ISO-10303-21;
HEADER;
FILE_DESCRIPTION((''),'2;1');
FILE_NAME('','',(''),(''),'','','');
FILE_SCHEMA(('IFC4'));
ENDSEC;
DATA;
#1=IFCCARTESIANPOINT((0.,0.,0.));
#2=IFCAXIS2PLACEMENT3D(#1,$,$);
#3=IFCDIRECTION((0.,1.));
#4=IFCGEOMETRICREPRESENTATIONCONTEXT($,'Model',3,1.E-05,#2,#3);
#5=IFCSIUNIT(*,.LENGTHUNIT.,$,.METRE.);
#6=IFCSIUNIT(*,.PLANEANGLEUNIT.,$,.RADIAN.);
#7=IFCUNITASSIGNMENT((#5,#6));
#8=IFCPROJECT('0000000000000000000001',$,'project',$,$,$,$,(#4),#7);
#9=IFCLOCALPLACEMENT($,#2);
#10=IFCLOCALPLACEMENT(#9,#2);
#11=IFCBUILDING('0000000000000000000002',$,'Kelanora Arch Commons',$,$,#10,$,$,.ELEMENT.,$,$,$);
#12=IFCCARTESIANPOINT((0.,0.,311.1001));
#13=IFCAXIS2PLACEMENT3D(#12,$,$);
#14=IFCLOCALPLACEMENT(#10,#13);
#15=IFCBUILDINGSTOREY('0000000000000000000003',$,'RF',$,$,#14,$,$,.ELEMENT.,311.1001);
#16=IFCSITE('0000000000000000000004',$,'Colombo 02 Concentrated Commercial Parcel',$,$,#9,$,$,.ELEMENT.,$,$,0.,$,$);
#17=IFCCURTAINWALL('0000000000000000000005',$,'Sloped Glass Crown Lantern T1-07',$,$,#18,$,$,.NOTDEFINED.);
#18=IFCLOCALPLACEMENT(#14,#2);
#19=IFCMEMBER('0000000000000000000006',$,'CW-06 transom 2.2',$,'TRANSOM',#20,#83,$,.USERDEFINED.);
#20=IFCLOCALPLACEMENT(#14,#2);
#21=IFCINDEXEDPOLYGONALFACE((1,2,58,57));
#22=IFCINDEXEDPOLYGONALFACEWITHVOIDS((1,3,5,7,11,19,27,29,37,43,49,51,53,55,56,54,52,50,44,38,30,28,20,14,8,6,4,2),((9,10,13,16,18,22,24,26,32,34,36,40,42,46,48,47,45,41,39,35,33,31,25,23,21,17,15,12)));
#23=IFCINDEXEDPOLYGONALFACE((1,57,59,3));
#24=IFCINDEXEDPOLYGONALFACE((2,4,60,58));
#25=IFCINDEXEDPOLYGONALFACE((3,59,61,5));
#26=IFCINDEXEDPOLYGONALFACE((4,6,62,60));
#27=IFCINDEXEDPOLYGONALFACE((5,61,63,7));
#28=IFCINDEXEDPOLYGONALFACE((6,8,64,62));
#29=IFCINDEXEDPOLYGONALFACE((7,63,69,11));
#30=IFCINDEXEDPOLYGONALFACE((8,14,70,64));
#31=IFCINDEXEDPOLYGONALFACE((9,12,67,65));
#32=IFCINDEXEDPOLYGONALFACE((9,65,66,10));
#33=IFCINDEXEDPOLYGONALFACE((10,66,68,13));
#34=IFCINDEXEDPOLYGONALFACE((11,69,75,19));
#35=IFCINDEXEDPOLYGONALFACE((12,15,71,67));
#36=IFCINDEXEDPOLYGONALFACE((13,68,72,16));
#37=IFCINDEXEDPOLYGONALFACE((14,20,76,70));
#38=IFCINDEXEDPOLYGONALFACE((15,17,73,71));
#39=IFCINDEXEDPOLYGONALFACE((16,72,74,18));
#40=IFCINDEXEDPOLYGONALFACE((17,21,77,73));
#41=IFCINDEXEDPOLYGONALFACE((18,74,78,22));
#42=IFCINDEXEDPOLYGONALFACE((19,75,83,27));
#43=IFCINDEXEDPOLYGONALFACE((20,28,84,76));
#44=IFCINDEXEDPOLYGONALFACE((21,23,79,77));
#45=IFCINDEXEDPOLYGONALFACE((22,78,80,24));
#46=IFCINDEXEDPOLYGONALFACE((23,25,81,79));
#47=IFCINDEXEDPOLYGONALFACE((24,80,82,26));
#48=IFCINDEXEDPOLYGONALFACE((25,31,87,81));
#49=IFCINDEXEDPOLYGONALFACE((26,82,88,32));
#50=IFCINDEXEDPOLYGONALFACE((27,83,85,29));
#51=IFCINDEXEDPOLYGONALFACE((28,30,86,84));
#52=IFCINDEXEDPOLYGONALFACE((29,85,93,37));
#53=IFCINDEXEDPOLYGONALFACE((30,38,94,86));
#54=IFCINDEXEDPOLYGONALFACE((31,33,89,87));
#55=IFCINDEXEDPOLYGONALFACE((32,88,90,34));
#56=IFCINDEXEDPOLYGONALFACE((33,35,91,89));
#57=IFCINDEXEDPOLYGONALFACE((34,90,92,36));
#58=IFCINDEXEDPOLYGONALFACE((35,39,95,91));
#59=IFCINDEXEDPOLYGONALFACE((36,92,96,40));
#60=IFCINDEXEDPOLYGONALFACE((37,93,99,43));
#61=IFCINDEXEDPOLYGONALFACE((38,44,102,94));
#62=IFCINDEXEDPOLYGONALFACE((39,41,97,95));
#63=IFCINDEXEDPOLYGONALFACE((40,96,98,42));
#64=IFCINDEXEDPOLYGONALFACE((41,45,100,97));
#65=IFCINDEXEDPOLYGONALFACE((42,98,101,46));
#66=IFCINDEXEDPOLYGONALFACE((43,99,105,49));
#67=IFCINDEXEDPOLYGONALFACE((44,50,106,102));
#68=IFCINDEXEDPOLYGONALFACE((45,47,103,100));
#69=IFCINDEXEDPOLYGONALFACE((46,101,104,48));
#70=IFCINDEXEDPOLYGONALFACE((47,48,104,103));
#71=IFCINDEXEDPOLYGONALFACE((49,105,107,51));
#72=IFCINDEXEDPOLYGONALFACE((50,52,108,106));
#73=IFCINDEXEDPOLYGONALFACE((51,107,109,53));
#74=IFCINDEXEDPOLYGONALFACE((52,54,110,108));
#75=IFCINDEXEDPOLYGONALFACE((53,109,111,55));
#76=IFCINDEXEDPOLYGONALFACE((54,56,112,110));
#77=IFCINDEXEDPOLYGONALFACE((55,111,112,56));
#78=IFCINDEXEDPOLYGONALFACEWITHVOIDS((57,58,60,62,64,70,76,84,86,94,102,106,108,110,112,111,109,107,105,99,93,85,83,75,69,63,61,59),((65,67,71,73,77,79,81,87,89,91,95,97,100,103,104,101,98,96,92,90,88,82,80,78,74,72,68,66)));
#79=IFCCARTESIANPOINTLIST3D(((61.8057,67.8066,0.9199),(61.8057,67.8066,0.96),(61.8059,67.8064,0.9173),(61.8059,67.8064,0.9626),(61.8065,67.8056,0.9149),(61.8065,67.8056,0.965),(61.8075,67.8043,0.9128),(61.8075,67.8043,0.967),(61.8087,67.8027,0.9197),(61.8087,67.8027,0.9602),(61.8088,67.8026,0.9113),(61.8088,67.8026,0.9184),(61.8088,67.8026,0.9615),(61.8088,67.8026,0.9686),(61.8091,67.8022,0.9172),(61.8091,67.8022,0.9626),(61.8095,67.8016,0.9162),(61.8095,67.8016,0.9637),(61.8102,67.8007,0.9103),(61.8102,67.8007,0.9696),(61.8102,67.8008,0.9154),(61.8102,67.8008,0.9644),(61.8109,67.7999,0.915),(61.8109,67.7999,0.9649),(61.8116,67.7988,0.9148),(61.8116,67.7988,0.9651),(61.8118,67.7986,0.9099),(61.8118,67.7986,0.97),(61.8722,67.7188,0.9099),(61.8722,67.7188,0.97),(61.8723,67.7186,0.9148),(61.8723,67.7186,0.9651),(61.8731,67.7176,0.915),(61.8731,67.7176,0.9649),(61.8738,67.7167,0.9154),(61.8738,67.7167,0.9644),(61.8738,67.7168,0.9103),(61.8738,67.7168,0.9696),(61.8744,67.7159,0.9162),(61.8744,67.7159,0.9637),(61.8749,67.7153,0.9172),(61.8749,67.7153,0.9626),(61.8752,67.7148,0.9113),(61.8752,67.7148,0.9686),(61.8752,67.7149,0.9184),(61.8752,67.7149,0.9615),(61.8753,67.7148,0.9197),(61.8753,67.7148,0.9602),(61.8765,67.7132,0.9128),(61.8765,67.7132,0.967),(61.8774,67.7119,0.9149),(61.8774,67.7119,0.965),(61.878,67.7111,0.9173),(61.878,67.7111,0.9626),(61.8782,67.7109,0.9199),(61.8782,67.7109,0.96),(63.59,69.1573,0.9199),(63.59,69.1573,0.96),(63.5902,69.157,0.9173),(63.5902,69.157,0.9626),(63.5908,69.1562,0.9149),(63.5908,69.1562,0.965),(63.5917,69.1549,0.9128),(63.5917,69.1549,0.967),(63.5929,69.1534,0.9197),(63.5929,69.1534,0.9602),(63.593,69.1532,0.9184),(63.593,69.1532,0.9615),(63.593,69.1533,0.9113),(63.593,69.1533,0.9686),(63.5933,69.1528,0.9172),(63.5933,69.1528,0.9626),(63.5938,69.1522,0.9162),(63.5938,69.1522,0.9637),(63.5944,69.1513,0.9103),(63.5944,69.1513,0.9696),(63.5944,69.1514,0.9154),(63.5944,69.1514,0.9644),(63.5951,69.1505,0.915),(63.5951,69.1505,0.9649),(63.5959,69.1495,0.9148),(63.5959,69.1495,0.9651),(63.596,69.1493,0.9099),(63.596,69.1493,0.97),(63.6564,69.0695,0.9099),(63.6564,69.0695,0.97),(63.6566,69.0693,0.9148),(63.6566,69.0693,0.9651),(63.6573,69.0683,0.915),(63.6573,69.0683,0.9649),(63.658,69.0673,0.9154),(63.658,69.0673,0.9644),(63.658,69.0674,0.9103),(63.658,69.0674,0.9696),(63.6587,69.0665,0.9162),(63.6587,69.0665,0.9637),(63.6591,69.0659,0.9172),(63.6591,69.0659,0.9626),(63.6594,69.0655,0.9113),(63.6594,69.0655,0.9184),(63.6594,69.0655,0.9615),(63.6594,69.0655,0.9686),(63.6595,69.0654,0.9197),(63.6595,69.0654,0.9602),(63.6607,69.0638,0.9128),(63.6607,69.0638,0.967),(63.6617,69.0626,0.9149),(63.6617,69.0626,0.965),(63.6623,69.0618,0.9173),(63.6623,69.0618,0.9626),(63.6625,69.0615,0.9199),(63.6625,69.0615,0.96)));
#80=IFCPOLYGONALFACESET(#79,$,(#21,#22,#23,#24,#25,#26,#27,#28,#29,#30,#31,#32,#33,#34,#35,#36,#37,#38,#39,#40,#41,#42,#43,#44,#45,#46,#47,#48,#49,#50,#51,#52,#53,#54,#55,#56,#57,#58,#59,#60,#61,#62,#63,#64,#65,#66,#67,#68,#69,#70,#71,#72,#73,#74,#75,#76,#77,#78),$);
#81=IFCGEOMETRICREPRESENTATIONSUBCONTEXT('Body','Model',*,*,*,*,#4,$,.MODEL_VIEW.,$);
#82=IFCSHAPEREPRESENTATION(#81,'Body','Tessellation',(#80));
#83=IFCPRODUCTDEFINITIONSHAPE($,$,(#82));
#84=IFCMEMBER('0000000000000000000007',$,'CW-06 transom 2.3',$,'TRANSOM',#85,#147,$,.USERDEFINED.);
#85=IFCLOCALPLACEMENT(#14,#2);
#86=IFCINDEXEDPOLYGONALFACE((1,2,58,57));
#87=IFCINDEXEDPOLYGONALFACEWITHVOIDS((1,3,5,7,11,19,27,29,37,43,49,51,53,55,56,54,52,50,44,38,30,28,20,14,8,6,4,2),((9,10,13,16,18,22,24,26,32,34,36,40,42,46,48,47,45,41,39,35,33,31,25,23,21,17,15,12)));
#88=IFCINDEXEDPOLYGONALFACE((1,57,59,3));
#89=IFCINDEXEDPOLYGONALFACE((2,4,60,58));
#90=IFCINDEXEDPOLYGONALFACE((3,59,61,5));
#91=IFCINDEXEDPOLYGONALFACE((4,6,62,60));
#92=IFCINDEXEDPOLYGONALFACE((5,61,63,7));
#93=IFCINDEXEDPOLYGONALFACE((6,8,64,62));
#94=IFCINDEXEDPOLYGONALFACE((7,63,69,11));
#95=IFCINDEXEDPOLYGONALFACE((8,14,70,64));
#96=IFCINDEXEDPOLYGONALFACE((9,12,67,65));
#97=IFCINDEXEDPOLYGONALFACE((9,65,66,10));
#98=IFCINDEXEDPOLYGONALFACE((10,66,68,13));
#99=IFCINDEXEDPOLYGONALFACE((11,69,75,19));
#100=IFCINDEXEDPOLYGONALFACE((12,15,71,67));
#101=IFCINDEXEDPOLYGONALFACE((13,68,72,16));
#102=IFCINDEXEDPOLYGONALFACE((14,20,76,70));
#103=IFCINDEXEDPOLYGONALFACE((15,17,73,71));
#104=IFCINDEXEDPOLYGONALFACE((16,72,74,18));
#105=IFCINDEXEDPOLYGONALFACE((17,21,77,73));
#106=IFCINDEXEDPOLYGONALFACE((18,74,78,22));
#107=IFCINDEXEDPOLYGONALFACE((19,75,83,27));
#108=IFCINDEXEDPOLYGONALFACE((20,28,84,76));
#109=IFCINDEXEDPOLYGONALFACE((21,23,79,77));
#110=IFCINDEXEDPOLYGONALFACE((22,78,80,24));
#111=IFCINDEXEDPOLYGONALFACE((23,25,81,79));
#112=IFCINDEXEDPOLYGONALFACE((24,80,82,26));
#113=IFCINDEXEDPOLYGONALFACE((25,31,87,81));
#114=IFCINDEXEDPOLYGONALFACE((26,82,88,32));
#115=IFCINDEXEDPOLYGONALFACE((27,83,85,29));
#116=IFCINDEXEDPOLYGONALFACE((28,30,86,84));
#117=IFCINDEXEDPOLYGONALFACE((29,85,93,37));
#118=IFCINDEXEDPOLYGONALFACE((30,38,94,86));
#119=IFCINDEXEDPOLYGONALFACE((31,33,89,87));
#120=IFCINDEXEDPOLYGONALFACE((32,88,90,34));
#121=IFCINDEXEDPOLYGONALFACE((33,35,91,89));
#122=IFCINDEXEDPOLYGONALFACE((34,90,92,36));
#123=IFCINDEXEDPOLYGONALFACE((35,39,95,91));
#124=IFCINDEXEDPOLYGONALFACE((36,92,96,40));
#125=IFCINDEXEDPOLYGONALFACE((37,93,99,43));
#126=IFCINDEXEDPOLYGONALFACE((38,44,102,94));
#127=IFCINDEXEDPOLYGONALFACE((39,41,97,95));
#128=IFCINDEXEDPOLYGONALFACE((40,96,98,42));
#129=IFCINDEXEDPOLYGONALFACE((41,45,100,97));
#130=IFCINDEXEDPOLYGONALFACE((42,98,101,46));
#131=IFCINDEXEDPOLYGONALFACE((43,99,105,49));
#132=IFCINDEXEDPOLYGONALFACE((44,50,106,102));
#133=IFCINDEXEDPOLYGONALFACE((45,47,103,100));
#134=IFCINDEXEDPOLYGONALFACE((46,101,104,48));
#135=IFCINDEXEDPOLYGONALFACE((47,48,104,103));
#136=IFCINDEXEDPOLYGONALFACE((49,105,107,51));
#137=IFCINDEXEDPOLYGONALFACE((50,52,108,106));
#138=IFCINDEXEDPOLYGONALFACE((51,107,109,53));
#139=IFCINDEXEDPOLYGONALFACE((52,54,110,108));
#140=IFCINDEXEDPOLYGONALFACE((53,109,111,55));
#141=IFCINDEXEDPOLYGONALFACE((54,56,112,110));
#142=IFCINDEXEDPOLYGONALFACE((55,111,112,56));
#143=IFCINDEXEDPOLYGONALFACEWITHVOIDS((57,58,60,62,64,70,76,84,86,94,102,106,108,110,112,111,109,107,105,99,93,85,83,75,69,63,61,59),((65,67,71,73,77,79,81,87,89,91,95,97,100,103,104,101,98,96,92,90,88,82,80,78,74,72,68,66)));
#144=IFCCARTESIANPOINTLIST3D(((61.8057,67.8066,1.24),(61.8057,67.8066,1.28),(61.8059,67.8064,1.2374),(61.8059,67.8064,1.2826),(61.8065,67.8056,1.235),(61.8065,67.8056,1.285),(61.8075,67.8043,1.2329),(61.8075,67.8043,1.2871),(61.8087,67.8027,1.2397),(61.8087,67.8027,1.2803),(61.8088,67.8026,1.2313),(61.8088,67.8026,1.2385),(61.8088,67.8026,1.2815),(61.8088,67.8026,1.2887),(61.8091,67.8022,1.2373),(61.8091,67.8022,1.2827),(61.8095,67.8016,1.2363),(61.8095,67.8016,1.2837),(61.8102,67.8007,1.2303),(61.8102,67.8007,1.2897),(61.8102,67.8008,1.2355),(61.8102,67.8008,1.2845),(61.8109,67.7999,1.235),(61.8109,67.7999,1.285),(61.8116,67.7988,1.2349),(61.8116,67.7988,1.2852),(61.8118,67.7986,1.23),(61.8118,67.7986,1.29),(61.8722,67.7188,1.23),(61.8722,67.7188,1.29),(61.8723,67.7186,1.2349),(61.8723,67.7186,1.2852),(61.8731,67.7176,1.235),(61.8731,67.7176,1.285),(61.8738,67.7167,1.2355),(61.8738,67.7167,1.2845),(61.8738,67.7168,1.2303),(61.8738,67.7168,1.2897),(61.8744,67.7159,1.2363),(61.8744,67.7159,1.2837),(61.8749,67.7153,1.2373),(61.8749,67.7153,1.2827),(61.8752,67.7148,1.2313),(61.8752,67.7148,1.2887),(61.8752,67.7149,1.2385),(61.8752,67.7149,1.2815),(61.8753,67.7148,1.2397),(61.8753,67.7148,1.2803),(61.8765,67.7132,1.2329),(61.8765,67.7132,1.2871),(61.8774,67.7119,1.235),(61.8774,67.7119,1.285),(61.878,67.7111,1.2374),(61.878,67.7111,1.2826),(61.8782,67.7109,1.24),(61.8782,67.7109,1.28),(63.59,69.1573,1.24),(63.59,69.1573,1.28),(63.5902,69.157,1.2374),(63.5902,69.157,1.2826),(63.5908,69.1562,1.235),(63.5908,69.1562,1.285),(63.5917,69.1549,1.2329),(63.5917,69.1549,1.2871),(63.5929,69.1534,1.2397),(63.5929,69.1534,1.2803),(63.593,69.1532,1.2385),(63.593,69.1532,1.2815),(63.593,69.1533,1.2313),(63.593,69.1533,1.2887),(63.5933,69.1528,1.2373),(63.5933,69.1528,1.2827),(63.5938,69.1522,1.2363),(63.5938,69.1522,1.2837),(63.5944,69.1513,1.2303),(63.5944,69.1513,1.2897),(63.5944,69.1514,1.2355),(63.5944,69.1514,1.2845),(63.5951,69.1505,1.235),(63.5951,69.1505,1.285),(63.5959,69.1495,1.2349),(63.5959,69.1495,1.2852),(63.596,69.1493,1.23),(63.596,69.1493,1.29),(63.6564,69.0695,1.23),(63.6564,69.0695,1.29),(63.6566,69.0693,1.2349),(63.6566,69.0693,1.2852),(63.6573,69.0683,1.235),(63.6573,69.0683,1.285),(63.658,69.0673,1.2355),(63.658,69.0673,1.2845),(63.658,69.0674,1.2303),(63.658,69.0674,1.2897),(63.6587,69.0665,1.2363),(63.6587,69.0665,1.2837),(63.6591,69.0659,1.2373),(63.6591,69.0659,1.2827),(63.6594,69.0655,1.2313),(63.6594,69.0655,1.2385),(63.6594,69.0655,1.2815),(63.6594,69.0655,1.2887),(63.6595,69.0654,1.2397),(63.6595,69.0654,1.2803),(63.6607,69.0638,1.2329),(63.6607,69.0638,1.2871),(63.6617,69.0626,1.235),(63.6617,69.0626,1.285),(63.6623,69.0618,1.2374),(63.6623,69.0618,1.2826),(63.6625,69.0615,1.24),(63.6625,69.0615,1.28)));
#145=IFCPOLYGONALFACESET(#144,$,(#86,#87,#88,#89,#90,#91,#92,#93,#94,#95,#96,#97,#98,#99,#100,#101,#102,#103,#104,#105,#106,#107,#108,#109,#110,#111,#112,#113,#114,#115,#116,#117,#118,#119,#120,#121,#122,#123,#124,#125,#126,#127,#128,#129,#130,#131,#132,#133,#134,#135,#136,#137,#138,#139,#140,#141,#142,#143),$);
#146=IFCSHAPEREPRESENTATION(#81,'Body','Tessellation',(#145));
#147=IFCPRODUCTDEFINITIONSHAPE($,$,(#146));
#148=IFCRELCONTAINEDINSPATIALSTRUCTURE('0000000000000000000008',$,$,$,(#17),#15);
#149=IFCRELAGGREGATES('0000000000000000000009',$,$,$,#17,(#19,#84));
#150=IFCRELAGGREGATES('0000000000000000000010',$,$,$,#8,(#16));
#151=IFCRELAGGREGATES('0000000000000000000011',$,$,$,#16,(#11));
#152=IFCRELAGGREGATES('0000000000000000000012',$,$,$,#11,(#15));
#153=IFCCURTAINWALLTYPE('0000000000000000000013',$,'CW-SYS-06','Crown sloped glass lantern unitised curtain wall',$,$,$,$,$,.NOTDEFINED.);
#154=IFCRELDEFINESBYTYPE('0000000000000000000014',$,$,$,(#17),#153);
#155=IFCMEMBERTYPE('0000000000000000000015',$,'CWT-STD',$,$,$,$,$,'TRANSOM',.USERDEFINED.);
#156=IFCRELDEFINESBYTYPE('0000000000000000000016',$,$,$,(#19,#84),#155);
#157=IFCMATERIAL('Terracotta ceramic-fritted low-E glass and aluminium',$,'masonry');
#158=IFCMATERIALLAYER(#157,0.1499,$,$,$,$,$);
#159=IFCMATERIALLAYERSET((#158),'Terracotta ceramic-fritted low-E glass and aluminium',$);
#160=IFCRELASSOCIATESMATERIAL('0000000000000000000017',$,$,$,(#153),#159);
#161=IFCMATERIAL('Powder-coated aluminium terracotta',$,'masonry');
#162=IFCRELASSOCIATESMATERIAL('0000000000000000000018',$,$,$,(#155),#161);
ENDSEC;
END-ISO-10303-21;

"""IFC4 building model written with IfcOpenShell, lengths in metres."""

from ifc_helpers import new_model, si_unit, direction, frame, origin, origin_2d, place, context, subcontext, project, spatial, hollow_rectangle, extrude, material, layer, layer_set, material_profile, profile_set, type_object, element, aggregate, save


model = new_model("IFC4")

# Units and contexts
model_context = context("Model", 3, precision=1e-05, world=origin(), true_north=direction((0.0, 1.0)))
body_context = subcontext(model_context, "Body", "Model", "MODEL_VIEW")
ifc_project = project(units=[si_unit("LENGTHUNIT", "METRE"), si_unit("PLANEANGLEUNIT", "RADIAN")], contexts=[model_context])

# Site, building, storey
site_placement = place(None, origin())
site = spatial("IfcSite", under=ifc_project, at=site_placement, Name="Colombo 02 Concentrated Commercial Parcel", CompositionType="ELEMENT", RefElevation=0.0)
building_placement = place(site_placement, origin())
building = spatial("IfcBuilding", under=site, at=building_placement, Name="Kelanora Arch Commons", CompositionType="ELEMENT")
storey_placement = place(building_placement, frame((0.0, 0.0, 311.1001)))
storey = spatial("IfcBuildingStorey", under=building, at=storey_placement, Name="RF", CompositionType="ELEMENT", Elevation=311.1001)

# Curtain wall
ifc_material_1 = material(Name="Terracotta ceramic-fritted low-E glass and aluminium", Category="masonry")
ifc_layer_1 = layer(ifc_material_1, 0.1499)
ifc_layer_set_1 = layer_set([ifc_layer_1], Name="Terracotta ceramic-fritted low-E glass and aluminium")
curtain_wall_type = type_object("IfcCurtainWallType", Name="CW-SYS-06", Description="Crown sloped glass lantern unitised curtain wall", PredefinedType="NOTDEFINED", material=ifc_layer_set_1)
curtain_wall_1_placement = place(storey_placement, origin())
curtain_wall_1 = element("IfcCurtainWall", 1, at=curtain_wall_1_placement, inside=storey, type_object=curtain_wall_type, Name="Sloped Glass Crown Lantern T1-07", PredefinedType="NOTDEFINED")
ifc_material_2 = material(Name="Powder-coated aluminium terracotta", Category="masonry")

# Members
ifc_material_profile_1 = material_profile(ifc_material_2, hollow_rectangle(XDim=0.1201, YDim=0.0601, WallThickness=0.0049, InnerFilletRadius=0.0049, OuterFilletRadius=0.01, at=origin_2d()), Name="CWT120x60")
ifc_profile_set_1 = profile_set([ifc_material_profile_1], Name="Powder-coated aluminium terracotta")
member_type_1 = type_object("IfcMemberType", Name="CWT-STD", ElementType="TRANSOM", PredefinedType="USERDEFINED", material=ifc_profile_set_1)
member_1_placement = place(storey_placement, frame((63.6262, 69.1094, 0.9399), z_axis=(-0.797321, -0.603555, 0.0), x_axis=(0.603555, -0.797321, 0.0)))
member_1 = element("IfcMember", 2, at=member_1_placement, type_object=member_type_1, Name="CW-06 transom 2.2", ObjectType="TRANSOM", PredefinedType="USERDEFINED", context=body_context, shape_type="SweptSolid", body=[
    extrude(hollow_rectangle(XDim=0.1201, YDim=0.0601, WallThickness=0.0049, InnerFilletRadius=0.0049, OuterFilletRadius=0.01, at=origin_2d()), origin(), (0.0, 0.0, 1.0), 2.2378),
])
member_2_placement = place(storey_placement, frame((63.6262, 69.1094, 1.26), z_axis=(-0.797321, -0.603555, 0.0), x_axis=(0.603555, -0.797321, 0.0)))
member_2 = element("IfcMember", 3, at=member_2_placement, type_object=member_type_1, Name="CW-06 transom 2.3", ObjectType="TRANSOM", PredefinedType="USERDEFINED", context=body_context, shape_type="SweptSolid", body=[
    extrude(hollow_rectangle(XDim=0.1201, YDim=0.0601, WallThickness=0.0049, InnerFilletRadius=0.0049, OuterFilletRadius=0.01, at=origin_2d()), origin(), (0.0, 0.0, 1.0), 2.2378),
])

aggregate(curtain_wall_1, [member_1, member_2])

save(model, "model.ifc")
